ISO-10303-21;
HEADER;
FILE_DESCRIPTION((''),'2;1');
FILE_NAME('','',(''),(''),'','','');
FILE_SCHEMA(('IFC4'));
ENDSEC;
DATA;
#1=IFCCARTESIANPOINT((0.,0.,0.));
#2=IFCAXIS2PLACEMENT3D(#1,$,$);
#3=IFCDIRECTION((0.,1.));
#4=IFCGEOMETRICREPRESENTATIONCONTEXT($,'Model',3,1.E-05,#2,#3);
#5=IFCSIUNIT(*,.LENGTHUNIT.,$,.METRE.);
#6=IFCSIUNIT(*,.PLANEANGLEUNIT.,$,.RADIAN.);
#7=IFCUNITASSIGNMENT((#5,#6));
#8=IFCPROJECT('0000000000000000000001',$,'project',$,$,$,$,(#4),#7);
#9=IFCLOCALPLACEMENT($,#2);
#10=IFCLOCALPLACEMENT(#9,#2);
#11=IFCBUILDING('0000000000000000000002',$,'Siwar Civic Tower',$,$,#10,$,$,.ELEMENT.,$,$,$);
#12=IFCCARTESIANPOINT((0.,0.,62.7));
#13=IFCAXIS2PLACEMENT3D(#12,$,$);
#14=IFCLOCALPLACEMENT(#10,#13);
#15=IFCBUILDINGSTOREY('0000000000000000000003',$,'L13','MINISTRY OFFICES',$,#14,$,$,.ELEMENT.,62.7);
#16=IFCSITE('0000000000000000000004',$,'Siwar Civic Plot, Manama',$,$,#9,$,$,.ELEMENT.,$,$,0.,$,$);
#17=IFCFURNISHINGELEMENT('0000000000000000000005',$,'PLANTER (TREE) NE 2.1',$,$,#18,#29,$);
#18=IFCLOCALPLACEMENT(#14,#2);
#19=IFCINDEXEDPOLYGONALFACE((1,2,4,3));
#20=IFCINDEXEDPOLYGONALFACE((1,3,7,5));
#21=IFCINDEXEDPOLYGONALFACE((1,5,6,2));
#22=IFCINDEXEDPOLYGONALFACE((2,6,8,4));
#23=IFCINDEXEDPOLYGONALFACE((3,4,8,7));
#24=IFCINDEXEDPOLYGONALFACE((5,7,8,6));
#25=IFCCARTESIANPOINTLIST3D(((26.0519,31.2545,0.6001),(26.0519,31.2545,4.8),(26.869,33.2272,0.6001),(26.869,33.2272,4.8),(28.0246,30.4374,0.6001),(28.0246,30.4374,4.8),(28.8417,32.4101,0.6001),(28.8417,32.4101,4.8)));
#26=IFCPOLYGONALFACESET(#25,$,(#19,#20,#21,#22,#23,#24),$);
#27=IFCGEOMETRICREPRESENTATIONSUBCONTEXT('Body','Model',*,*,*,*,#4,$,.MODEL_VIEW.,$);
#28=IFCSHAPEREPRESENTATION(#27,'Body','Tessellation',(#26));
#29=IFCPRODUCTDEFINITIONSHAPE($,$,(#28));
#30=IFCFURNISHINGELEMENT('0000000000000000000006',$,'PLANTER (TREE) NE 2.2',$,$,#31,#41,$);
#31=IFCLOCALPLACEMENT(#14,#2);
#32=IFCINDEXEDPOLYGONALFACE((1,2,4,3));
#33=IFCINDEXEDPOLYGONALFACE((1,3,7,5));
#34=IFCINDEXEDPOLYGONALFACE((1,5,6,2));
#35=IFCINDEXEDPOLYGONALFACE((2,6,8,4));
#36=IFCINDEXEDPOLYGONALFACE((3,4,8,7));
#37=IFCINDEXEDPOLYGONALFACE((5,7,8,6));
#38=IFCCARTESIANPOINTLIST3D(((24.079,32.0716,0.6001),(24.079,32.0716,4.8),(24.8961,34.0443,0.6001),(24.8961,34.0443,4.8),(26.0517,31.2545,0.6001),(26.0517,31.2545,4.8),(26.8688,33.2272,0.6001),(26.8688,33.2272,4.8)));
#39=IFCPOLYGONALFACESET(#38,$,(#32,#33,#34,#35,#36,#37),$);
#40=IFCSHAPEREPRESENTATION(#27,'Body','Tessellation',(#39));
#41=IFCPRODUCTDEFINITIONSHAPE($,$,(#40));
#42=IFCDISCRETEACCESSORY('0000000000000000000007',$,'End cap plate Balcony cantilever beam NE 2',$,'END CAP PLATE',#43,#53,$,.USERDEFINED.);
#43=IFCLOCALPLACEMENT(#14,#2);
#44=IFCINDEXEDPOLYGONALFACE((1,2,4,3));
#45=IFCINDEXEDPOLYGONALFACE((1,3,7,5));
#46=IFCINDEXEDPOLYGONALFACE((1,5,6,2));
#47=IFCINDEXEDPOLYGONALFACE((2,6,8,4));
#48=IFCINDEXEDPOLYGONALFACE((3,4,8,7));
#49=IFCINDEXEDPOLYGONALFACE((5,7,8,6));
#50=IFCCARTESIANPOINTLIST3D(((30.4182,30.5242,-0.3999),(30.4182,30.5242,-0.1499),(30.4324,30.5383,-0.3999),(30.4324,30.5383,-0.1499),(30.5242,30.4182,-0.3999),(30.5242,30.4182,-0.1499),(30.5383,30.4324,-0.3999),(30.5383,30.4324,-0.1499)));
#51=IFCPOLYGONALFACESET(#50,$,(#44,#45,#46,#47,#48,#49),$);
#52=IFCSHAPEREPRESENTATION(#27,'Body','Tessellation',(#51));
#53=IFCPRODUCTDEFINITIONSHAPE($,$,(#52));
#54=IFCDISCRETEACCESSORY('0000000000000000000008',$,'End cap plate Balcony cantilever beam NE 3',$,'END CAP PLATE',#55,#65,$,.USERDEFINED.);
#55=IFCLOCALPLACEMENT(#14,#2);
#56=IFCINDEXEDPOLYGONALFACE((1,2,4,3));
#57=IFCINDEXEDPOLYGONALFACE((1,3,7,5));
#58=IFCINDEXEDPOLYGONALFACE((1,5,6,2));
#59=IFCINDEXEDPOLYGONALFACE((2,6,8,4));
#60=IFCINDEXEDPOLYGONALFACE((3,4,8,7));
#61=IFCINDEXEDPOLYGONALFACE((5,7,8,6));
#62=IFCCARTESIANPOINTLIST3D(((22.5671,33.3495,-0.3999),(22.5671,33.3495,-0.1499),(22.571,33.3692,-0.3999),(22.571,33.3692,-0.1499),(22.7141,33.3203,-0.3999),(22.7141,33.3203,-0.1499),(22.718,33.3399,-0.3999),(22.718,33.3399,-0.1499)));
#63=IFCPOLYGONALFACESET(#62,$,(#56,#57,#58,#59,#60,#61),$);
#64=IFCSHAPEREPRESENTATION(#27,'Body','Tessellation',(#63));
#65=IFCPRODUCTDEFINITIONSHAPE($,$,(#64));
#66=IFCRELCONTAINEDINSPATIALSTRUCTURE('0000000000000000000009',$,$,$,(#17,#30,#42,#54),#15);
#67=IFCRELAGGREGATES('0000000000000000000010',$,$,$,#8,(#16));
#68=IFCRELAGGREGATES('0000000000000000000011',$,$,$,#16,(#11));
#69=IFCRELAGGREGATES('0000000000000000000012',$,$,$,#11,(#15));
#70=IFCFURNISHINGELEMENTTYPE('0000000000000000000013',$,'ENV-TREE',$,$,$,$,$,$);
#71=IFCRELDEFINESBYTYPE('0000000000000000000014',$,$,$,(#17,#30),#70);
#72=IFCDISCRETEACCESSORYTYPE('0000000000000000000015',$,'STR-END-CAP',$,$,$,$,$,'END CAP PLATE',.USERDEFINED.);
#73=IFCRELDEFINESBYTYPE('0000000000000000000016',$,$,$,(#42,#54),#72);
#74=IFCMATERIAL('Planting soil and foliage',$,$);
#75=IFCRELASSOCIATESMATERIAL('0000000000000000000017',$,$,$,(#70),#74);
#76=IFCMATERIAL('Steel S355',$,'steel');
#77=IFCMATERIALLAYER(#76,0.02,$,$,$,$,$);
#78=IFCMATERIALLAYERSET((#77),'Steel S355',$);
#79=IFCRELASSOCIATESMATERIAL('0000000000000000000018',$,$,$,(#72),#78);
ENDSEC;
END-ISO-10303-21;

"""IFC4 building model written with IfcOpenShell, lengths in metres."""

from ifc_helpers import new_model, si_unit, direction, frame, origin, origin_2d, place, context, subcontext, project, spatial, rectangle, extrude, material, layer, layer_set, type_object, element, save


model = new_model("IFC4")

# Units and contexts
model_context = context("Model", 3, precision=1e-05, world=origin(), true_north=direction((0.0, 1.0)))
body_context = subcontext(model_context, "Body", "Model", "MODEL_VIEW")
ifc_project = project(units=[si_unit("LENGTHUNIT", "METRE"), si_unit("PLANEANGLEUNIT", "RADIAN")], contexts=[model_context])

# Site, building, storey
site_placement = place(None, origin())
site = spatial("IfcSite", under=ifc_project, at=site_placement, Name="Siwar Civic Plot, Manama", CompositionType="ELEMENT", RefElevation=0.0)
building_placement = place(site_placement, origin())
building = spatial("IfcBuilding", under=site, at=building_placement, Name="Siwar Civic Tower", CompositionType="ELEMENT")
storey_placement = place(building_placement, frame((0.0, 0.0, 62.7)))
storey = spatial("IfcBuildingStorey", under=building, at=storey_placement, Name="L13", Description="MINISTRY OFFICES", CompositionType="ELEMENT", Elevation=62.7)

# Furnishing elements
ifc_material_1 = material(Name="Planting soil and foliage")
furnishing_element_type_1 = type_object("IfcFurnishingElementType", Name="ENV-TREE", material=ifc_material_1)
for number, where, z_axis, x_axis, name in (
    (1, (27.4468, 31.8323, 0.6001), (0.0, 0.0, 1.0), (-0.92388, 0.382683, 0.0), "PLANTER (TREE) NE 2.1"),
    (2, (25.4739, 32.6494, 0.6001), (0.0, 0.0, 1.0), (-0.92388, 0.382683, 0.0), "PLANTER (TREE) NE 2.2"),
):
    element("IfcFurnishingElement", number, at=place(storey_placement, frame(where, z_axis=z_axis, x_axis=x_axis)), inside=storey, type_object=furnishing_element_type_1, Name=name, context=body_context, shape_type="SweptSolid", body=[
        extrude(rectangle(XDim=2.1353, YDim=2.1353, at=origin_2d()), origin(), (0.0, 0.0, 1.0), 4.2),
    ])

# Discrete accessories
ifc_material_2 = material(Name="Steel S355", Category="steel")
ifc_layer_1 = layer(ifc_material_2, 0.02)
ifc_layer_set_1 = layer_set([ifc_layer_1], Name="Steel S355")
discrete_accessory_type = type_object("IfcDiscreteAccessoryType", Name="STR-END-CAP", ElementType="END CAP PLATE", PredefinedType="USERDEFINED", material=ifc_layer_set_1)
for number, where, z_axis, x_axis, name in (
    (3, (30.4783, 30.4783, -0.3999), (0.0, 0.0, 1.0), (0.707107, 0.707107, 0.0), "End cap plate Balcony cantilever beam NE 2"),
    (4, (22.6426, 33.3447, -0.3999), (0.0, 0.0, 1.0), (0.19509, 0.980785, 0.0), "End cap plate Balcony cantilever beam NE 3"),
):
    element("IfcDiscreteAccessory", number, at=place(storey_placement, frame(where, z_axis=z_axis, x_axis=x_axis)), inside=storey, type_object=discrete_accessory_type, Name=name, ObjectType="END CAP PLATE", PredefinedType="USERDEFINED", context=body_context, shape_type="SweptSolid", body=[
        extrude(rectangle(XDim=0.02, YDim=0.1499, at=origin_2d()), origin(), (0.0, 0.0, 1.0), 0.25),
    ])

save(model, "model.ifc")
